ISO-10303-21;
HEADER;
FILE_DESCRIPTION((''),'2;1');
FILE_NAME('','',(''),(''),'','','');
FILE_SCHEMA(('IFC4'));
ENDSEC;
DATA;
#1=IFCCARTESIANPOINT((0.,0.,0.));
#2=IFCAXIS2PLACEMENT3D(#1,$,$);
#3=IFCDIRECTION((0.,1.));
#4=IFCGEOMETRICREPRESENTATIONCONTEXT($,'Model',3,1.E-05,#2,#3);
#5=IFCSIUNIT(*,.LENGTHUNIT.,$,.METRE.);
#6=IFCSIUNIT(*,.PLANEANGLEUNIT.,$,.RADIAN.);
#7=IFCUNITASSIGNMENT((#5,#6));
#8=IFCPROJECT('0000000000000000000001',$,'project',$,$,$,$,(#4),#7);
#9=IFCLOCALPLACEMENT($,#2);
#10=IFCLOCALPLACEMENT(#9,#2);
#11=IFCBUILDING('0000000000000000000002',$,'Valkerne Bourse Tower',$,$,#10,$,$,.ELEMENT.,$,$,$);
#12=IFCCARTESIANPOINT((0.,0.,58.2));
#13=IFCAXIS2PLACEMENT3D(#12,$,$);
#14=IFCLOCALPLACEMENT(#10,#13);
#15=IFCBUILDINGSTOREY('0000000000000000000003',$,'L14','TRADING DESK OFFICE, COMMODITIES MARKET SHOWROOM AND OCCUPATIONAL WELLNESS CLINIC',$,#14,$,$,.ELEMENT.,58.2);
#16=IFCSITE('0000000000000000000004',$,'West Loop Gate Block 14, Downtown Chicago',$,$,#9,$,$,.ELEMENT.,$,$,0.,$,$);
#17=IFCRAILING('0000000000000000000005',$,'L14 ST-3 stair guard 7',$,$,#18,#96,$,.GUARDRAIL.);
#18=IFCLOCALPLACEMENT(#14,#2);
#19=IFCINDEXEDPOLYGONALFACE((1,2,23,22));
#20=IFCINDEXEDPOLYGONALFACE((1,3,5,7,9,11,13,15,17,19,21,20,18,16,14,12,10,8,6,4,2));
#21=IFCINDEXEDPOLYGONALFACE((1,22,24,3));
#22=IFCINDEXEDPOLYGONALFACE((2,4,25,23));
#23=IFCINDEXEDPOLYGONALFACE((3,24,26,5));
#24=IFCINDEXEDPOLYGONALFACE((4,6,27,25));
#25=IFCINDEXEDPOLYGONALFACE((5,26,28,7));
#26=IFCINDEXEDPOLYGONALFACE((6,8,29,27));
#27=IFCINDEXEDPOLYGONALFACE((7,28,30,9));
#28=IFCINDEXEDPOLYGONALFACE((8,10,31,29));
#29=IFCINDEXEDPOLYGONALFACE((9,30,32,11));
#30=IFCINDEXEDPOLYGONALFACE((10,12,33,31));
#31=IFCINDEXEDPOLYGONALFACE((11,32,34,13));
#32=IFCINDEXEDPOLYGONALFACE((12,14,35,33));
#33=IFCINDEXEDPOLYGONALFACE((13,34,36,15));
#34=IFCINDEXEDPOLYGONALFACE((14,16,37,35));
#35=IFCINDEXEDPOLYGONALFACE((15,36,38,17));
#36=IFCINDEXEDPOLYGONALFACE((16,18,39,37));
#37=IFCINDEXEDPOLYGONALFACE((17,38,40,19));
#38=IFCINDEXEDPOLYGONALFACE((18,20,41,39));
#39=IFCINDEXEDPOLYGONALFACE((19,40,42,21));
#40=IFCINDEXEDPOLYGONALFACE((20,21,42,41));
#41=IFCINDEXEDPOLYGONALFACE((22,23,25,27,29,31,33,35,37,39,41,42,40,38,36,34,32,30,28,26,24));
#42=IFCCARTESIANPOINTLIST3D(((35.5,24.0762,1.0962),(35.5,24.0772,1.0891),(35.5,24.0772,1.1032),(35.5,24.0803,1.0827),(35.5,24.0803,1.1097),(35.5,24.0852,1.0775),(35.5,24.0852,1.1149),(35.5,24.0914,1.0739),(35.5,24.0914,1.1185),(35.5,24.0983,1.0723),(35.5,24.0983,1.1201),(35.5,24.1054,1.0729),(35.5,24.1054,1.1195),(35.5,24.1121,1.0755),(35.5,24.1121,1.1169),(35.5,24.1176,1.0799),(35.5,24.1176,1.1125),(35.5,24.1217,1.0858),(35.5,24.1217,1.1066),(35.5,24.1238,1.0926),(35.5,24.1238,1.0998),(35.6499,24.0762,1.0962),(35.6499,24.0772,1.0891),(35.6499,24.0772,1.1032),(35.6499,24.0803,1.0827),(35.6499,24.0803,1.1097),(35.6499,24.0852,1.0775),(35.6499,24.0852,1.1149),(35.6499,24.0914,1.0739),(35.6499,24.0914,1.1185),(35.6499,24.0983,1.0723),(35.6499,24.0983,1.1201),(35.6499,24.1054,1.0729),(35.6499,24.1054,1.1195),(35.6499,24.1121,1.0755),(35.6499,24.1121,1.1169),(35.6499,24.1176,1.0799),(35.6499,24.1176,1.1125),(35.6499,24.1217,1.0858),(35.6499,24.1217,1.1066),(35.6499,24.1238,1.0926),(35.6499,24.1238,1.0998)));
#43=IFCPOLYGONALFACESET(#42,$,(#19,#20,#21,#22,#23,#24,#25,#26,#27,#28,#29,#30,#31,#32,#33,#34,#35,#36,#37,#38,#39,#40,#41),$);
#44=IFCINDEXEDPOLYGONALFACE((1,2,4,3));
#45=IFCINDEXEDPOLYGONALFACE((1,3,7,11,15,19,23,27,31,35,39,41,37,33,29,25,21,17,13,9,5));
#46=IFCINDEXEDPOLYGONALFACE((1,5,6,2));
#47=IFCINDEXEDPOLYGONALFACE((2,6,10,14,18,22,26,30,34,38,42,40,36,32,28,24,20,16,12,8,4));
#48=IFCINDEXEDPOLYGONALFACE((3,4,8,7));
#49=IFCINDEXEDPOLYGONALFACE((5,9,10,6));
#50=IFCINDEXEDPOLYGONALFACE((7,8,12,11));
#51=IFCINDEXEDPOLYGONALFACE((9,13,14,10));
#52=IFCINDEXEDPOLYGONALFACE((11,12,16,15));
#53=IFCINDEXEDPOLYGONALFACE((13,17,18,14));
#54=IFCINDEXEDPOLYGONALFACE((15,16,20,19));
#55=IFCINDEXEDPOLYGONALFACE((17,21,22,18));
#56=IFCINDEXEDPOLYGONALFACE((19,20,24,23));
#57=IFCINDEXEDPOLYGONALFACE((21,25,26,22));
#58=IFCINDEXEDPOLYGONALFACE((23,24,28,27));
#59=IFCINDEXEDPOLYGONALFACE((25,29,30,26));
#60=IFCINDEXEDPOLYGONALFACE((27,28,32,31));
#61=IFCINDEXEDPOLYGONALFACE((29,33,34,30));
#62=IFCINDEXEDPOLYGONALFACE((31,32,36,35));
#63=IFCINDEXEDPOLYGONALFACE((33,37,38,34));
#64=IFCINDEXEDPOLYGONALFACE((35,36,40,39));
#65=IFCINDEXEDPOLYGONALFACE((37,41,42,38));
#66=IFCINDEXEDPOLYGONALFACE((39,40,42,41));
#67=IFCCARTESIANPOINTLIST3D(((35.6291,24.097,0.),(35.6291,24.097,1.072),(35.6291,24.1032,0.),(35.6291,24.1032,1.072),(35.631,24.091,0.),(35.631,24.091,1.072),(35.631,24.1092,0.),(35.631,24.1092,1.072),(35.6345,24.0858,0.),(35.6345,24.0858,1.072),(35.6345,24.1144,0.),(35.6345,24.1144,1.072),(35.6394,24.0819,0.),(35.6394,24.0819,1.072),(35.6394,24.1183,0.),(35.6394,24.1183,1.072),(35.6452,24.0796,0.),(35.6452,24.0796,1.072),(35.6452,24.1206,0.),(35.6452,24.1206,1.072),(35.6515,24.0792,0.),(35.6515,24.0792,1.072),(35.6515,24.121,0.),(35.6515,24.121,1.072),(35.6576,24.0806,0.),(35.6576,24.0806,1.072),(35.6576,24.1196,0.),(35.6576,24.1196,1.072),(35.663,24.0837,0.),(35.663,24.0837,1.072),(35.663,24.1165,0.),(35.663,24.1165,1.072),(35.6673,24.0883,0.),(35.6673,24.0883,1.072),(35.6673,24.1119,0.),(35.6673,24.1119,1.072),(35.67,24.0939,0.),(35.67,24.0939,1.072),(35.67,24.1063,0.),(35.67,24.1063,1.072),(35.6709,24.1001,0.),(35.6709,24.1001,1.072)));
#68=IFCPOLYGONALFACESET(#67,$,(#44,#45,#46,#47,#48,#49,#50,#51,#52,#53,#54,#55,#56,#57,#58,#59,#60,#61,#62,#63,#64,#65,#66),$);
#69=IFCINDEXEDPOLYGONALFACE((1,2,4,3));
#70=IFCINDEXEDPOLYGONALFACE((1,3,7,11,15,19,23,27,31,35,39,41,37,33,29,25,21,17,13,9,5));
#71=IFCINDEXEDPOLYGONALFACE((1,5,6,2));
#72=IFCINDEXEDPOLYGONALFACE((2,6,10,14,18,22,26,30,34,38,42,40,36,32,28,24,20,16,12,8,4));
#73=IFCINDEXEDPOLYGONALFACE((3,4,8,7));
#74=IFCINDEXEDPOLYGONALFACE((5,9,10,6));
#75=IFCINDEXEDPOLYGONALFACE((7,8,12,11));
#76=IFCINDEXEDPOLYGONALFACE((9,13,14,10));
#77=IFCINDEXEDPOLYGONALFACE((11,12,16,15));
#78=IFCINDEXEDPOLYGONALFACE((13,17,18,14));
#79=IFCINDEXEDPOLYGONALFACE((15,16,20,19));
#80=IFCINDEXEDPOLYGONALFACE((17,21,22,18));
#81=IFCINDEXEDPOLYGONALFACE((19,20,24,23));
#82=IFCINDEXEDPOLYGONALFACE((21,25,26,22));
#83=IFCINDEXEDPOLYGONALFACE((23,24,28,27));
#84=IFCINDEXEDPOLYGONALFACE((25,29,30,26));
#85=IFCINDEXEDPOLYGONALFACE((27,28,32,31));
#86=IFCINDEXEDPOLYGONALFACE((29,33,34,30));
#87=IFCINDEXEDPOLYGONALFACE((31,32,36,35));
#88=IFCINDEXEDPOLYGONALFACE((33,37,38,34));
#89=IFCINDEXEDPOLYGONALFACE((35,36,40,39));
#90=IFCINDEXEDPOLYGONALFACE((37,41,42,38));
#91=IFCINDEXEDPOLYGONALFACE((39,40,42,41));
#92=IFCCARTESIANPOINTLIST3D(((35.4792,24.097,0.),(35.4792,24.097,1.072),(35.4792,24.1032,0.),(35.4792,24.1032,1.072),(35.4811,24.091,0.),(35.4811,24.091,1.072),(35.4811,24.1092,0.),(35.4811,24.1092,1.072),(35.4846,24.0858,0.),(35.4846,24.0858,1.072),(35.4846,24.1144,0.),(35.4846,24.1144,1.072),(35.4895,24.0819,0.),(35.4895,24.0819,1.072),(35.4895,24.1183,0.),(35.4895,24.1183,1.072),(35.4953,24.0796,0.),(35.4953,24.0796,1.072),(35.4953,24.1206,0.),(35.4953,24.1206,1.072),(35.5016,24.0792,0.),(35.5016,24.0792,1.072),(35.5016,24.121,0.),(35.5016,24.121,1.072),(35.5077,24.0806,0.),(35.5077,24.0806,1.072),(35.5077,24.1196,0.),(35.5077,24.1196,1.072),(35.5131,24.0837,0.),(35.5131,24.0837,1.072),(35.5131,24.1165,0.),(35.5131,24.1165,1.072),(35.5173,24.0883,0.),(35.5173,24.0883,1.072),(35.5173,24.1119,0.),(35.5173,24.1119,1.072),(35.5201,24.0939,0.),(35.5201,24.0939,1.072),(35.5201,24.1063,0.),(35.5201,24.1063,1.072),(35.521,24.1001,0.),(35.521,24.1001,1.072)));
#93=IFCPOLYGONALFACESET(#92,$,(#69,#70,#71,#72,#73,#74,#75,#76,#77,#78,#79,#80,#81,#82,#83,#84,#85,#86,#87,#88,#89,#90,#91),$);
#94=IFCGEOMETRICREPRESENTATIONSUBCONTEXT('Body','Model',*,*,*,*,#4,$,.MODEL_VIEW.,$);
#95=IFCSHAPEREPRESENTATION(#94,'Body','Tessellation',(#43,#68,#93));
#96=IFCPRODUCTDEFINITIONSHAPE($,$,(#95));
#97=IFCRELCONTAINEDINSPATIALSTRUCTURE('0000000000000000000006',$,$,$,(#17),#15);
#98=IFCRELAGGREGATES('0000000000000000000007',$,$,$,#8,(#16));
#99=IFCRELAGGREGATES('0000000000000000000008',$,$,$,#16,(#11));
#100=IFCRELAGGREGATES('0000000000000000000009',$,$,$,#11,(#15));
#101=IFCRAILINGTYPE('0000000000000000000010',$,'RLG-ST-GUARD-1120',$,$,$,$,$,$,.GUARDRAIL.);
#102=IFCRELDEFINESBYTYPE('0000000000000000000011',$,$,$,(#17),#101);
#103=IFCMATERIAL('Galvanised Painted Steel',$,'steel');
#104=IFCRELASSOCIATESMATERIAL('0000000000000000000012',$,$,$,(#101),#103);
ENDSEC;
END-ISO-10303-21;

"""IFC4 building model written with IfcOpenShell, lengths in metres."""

from ifc_helpers import new_model, si_unit, direction, frame, origin, origin_2d, place, context, subcontext, project, spatial, circle, extrude, material, type_object, element, save


model = new_model("IFC4")

# Units and contexts
model_context = context("Model", 3, precision=1e-05, world=origin(), true_north=direction((0.0, 1.0)))
body_context = subcontext(model_context, "Body", "Model", "MODEL_VIEW")
ifc_project = project(units=[si_unit("LENGTHUNIT", "METRE"), si_unit("PLANEANGLEUNIT", "RADIAN")], contexts=[model_context])

# Site, building, storey
site_placement = place(None, origin())
site = spatial("IfcSite", under=ifc_project, at=site_placement, Name="West Loop Gate Block 14, Downtown Chicago", CompositionType="ELEMENT", RefElevation=0.0)
building_placement = place(site_placement, origin())
building = spatial("IfcBuilding", under=site, at=building_placement, Name="Valkerne Bourse Tower", CompositionType="ELEMENT")
storey_placement = place(building_placement, frame((0.0, 0.0, 58.2)))
storey = spatial("IfcBuildingStorey", under=building, at=storey_placement, Name="L14", Description="TRADING DESK OFFICE, COMMODITIES MARKET SHOWROOM AND OCCUPATIONAL WELLNESS CLINIC", CompositionType="ELEMENT", Elevation=58.2)

# Railing
ifc_material_1 = material(Name="Galvanised Painted Steel", Category="steel")
railing_type_1 = type_object("IfcRailingType", Name="RLG-ST-GUARD-1120", PredefinedType="GUARDRAIL", material=ifc_material_1)
railing_1_placement = place(storey_placement, frame((35.6499, 24.1001, 0.0)))
element("IfcRailing", 1, at=railing_1_placement, inside=storey, type_object=railing_type_1, Name="L14 ST-3 stair guard 7", PredefinedType="GUARDRAIL", context=body_context, shape_type="SweptSolid", body=[
    extrude(circle(Radius=0.0239, at=origin_2d()), frame((0.0, 0.0, 1.0962), z_axis=(-1.0, 0.0, 0.0), x_axis=(0.0, -1.0, 0.0)), (0.0, 0.0, 1.0), 0.1499),
    extrude(circle(Radius=0.021, at=origin_2d()), origin(), (0.0, 0.0, 1.0), 1.072),
    extrude(circle(Radius=0.021, at=origin_2d()), frame((-0.1499, 0.0, 0.0)), (0.0, 0.0, 1.0), 1.072),
])

save(model, "model.ifc")
